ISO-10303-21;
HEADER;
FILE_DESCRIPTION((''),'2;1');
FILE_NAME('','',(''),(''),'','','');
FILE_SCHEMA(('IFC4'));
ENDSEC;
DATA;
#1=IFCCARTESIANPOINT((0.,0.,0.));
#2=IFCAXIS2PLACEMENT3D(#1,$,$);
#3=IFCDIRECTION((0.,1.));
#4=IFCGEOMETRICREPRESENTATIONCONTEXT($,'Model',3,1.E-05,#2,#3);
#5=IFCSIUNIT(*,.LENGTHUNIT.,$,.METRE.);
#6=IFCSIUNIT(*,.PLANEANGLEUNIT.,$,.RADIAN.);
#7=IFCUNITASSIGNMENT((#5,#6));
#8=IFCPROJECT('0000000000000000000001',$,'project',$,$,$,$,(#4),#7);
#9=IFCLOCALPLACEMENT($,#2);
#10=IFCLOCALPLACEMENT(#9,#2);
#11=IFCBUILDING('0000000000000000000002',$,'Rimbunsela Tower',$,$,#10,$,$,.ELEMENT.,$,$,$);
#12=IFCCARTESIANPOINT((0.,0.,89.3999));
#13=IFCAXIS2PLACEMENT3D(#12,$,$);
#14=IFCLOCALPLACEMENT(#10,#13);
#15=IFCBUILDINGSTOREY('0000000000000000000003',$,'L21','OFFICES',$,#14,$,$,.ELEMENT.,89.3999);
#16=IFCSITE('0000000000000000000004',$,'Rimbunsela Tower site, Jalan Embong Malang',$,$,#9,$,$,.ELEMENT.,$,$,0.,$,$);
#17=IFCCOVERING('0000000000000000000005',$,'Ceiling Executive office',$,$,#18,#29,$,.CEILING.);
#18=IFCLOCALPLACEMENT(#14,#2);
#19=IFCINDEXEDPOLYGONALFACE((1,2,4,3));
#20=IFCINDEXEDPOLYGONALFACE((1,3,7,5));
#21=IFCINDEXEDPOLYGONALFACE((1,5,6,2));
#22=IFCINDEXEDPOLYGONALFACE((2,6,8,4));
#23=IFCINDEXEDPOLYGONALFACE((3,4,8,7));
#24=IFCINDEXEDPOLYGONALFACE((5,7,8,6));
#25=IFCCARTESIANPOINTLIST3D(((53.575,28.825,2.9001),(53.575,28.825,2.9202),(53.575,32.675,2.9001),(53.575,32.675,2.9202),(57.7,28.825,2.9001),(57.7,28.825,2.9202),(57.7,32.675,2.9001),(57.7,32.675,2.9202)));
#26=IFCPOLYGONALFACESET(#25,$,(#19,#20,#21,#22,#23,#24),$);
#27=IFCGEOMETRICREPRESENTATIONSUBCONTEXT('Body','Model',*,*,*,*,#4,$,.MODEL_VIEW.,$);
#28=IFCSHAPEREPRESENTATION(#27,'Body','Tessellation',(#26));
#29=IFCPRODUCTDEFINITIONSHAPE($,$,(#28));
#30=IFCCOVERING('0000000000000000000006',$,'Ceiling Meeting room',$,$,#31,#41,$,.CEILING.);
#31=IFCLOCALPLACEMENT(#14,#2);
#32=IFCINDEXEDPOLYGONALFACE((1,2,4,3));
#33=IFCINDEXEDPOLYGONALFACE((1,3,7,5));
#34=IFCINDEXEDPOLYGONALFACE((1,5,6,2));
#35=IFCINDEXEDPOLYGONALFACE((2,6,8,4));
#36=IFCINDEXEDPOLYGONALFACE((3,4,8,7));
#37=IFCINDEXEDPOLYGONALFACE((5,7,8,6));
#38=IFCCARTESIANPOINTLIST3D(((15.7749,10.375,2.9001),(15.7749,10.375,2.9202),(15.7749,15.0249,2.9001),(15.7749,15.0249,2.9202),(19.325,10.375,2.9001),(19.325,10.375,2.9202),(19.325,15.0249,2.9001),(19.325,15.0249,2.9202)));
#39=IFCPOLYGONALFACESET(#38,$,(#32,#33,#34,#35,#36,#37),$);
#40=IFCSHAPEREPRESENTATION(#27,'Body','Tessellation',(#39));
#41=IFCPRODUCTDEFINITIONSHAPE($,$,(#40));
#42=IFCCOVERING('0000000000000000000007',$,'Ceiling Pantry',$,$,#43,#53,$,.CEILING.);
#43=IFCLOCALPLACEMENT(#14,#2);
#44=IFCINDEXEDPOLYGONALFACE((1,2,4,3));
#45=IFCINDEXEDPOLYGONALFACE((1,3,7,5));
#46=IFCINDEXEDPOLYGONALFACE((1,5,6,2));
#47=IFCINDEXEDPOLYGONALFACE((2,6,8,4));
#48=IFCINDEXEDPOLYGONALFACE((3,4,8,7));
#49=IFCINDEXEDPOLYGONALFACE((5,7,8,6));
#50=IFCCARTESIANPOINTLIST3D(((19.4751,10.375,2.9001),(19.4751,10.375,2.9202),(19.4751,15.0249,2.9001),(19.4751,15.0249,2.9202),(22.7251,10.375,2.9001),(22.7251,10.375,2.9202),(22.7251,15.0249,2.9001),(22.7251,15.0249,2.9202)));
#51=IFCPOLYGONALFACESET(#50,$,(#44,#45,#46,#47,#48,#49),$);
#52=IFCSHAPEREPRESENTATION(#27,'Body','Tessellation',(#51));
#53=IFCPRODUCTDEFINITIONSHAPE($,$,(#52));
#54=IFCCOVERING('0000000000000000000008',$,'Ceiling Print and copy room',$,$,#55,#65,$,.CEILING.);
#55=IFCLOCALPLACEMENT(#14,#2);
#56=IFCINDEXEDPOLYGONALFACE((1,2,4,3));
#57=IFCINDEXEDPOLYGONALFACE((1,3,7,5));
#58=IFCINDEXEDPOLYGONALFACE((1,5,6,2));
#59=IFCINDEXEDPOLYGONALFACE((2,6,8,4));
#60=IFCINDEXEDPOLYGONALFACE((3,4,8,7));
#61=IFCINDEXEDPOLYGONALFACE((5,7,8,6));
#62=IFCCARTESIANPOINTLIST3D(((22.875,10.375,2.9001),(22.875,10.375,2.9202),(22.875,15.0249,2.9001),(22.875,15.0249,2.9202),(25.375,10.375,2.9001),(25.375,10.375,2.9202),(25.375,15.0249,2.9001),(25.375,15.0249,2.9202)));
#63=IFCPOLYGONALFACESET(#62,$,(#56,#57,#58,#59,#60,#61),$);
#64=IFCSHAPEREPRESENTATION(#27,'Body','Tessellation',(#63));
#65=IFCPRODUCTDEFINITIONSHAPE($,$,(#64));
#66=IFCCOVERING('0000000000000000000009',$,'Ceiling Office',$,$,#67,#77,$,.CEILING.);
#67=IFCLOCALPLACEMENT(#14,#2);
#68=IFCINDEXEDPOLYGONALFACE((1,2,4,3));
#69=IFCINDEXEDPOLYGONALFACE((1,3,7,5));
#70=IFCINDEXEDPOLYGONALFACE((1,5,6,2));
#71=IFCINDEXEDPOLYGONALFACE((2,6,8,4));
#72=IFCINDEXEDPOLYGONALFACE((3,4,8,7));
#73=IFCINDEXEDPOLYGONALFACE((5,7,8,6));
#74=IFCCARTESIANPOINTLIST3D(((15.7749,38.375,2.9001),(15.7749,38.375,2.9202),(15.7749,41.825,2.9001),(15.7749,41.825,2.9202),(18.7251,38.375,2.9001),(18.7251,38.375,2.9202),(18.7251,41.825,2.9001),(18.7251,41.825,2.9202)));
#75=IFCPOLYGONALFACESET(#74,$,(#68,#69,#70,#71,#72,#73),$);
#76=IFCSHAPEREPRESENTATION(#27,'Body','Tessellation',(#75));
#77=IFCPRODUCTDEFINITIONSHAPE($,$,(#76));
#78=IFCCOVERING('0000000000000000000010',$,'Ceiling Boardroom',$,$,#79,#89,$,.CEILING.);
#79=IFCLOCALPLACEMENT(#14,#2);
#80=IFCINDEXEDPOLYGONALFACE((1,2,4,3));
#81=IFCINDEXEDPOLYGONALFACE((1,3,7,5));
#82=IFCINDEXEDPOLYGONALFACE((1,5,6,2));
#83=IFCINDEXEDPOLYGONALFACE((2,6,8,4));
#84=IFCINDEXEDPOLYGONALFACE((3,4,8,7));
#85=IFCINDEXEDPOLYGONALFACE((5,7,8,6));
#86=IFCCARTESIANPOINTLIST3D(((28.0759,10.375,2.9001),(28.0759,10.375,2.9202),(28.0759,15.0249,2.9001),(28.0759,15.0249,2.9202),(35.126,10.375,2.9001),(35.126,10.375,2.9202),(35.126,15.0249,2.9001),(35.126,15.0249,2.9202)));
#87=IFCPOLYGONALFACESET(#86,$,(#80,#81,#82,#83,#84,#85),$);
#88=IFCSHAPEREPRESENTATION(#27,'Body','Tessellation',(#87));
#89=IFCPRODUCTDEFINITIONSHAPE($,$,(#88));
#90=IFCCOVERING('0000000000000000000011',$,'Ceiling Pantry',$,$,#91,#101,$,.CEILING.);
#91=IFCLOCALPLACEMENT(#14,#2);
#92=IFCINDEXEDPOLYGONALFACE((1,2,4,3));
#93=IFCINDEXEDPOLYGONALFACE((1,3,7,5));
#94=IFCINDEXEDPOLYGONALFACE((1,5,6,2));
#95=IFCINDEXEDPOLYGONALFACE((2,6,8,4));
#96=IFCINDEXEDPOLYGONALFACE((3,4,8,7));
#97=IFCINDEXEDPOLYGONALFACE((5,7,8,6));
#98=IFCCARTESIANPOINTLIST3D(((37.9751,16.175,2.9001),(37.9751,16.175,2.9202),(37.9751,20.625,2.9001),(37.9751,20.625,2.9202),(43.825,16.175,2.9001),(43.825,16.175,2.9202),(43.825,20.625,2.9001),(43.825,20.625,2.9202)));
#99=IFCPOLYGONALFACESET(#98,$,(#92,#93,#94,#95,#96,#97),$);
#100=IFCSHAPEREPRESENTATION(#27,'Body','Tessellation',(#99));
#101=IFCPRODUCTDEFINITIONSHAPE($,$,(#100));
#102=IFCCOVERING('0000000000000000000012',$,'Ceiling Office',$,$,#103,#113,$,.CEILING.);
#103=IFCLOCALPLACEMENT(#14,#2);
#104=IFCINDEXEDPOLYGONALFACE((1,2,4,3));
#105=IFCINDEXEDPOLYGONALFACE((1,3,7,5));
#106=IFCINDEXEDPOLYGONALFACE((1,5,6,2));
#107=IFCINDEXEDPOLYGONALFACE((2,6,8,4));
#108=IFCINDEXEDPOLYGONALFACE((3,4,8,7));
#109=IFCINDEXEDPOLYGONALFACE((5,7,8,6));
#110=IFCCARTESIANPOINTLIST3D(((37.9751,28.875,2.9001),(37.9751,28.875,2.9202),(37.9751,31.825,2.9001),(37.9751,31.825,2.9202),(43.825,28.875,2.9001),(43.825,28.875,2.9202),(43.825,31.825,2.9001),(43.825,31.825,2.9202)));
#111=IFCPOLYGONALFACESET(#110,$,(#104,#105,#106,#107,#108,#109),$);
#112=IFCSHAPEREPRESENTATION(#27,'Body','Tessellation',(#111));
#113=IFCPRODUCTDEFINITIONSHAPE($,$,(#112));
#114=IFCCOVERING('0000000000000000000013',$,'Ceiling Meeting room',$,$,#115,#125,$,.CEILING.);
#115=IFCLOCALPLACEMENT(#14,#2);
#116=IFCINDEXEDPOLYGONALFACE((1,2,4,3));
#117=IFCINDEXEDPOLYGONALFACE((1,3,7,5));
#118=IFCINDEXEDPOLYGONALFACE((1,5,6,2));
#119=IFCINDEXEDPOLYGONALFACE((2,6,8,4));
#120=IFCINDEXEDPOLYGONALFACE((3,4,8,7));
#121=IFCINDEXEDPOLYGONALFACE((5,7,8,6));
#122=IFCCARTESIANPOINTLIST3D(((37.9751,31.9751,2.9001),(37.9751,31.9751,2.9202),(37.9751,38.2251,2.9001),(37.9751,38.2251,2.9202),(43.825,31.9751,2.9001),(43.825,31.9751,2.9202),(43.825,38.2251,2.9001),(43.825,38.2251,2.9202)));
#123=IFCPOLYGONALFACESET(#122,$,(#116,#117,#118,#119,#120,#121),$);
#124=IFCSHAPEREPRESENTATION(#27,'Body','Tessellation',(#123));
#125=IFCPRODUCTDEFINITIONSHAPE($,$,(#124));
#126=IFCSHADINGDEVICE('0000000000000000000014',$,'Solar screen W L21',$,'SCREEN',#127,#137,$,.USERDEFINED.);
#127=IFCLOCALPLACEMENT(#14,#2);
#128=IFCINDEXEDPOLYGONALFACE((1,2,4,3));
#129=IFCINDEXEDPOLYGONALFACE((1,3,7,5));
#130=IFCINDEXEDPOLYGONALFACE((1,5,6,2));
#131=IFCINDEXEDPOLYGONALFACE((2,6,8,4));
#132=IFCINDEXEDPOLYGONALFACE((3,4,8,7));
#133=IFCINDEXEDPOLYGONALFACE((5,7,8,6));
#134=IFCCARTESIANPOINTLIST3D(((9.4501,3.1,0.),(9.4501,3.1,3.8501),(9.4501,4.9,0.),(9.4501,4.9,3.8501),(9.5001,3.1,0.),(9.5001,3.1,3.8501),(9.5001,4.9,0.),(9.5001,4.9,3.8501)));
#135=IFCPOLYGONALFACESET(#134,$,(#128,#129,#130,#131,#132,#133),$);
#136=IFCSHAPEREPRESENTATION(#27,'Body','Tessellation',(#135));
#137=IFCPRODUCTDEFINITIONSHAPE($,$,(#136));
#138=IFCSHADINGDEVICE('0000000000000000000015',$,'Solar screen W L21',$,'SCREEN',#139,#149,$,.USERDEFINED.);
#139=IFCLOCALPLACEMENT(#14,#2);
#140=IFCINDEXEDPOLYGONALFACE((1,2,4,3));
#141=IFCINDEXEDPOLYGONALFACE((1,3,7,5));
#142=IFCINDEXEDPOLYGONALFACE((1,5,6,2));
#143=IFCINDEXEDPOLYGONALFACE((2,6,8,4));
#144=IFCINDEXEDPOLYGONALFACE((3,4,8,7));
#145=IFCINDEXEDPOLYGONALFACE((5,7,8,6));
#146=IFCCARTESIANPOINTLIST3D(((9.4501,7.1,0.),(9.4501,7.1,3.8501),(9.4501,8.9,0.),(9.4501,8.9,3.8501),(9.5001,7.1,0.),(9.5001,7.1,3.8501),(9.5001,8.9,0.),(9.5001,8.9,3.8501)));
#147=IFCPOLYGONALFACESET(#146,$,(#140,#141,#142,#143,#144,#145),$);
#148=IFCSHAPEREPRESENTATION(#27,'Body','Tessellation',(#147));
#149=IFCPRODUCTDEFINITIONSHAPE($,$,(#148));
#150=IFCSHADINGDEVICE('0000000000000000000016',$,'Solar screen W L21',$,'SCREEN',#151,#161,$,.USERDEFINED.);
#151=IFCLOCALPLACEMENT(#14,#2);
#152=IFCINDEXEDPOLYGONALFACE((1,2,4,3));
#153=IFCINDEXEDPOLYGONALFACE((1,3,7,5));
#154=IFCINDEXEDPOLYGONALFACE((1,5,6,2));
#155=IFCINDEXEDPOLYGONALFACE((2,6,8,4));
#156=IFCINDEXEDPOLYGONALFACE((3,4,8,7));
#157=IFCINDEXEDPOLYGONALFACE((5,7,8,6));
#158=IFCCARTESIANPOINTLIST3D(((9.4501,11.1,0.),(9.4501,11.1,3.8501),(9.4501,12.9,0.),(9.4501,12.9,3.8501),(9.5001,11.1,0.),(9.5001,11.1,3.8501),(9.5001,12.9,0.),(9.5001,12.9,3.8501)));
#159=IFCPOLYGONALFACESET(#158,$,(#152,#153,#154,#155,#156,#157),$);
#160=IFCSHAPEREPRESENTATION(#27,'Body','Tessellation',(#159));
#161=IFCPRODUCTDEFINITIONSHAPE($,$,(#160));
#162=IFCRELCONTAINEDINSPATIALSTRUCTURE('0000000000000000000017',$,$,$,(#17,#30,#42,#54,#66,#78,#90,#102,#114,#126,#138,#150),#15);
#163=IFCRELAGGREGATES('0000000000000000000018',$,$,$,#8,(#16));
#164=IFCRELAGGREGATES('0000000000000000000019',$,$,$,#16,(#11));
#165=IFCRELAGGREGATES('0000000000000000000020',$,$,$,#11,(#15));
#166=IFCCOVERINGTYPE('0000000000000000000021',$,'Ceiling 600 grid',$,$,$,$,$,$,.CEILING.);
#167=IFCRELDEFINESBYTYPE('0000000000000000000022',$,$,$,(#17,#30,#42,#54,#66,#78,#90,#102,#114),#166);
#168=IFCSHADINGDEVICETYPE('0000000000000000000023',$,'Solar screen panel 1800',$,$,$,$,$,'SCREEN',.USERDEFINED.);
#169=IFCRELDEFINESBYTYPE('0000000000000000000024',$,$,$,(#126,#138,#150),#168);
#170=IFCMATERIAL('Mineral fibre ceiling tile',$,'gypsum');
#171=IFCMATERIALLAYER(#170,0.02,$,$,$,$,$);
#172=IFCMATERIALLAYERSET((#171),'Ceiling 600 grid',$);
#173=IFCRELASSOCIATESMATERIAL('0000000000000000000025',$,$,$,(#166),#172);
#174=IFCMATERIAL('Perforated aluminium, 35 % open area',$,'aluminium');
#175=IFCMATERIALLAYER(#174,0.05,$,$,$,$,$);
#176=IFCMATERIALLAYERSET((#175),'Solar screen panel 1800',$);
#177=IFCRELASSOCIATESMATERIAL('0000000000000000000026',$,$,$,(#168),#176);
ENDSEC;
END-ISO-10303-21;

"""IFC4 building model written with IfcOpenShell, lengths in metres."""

from ifc_helpers import new_model, si_unit, direction, frame, origin, origin_2d, place, context, subcontext, project, spatial, polyline, rectangle, outline, extrude, material, layer, layer_set, type_object, element, save


model = new_model("IFC4")

# Units and contexts
model_context = context("Model", 3, precision=1e-05, world=origin(), true_north=direction((0.0, 1.0)))
body_context = subcontext(model_context, "Body", "Model", "MODEL_VIEW")
ifc_project = project(units=[si_unit("LENGTHUNIT", "METRE"), si_unit("PLANEANGLEUNIT", "RADIAN")], contexts=[model_context])

# Site, building, storey
site_placement = place(None, origin())
site = spatial("IfcSite", under=ifc_project, at=site_placement, Name="Rimbunsela Tower site, Jalan Embong Malang", CompositionType="ELEMENT", RefElevation=0.0)
building_placement = place(site_placement, origin())
building = spatial("IfcBuilding", under=site, at=building_placement, Name="Rimbunsela Tower", CompositionType="ELEMENT")
storey_placement = place(building_placement, frame((0.0, 0.0, 89.3999)))
storey = spatial("IfcBuildingStorey", under=building, at=storey_placement, Name="L21", Description="OFFICES", CompositionType="ELEMENT", Elevation=89.3999)

# Coverings
ifc_material_1 = material(Name="Mineral fibre ceiling tile", Category="gypsum")
ifc_layer_1 = layer(ifc_material_1, 0.02)
ifc_layer_set_1 = layer_set([ifc_layer_1], Name="Ceiling 600 grid")
covering_type_1 = type_object("IfcCoveringType", Name="Ceiling 600 grid", PredefinedType="CEILING", material=ifc_layer_set_1)
covering_1_placement = place(storey_placement, frame((0.0, 0.0, 2.9001)))
element("IfcCovering", 1, at=covering_1_placement, inside=storey, type_object=covering_type_1, Name="Ceiling Executive office", PredefinedType="CEILING", context=body_context, shape_type="SweptSolid", body=[
    extrude(outline(polyline([(57.7, 28.825), (57.7, 32.675), (53.575, 32.675), (53.575, 28.825), (57.7, 28.825)])), origin(), (0.0, 0.0, 1.0), 0.02),
])
covering_2_placement = place(storey_placement, frame((0.0, 0.0, 2.9001)))
element("IfcCovering", 2, at=covering_2_placement, inside=storey, type_object=covering_type_1, Name="Ceiling Meeting room", PredefinedType="CEILING", context=body_context, shape_type="SweptSolid", body=[
    extrude(outline(polyline([(19.325, 10.375), (19.325, 15.0249), (15.7749, 15.0249), (15.7749, 10.375), (19.325, 10.375)])), origin(), (0.0, 0.0, 1.0), 0.02),
])
covering_3_placement = place(storey_placement, frame((0.0, 0.0, 2.9001)))
element("IfcCovering", 3, at=covering_3_placement, inside=storey, type_object=covering_type_1, Name="Ceiling Pantry", PredefinedType="CEILING", context=body_context, shape_type="SweptSolid", body=[
    extrude(outline(polyline([(22.7251, 10.375), (22.7251, 15.0249), (19.4751, 15.0249), (19.4751, 10.375), (22.7251, 10.375)])), origin(), (0.0, 0.0, 1.0), 0.02),
])
covering_4_placement = place(storey_placement, frame((0.0, 0.0, 2.9001)))
element("IfcCovering", 4, at=covering_4_placement, inside=storey, type_object=covering_type_1, Name="Ceiling Print and copy room", PredefinedType="CEILING", context=body_context, shape_type="SweptSolid", body=[
    extrude(outline(polyline([(25.375, 10.375), (25.375, 15.0249), (22.875, 15.0249), (22.875, 10.375), (25.375, 10.375)])), origin(), (0.0, 0.0, 1.0), 0.02),
])
covering_5_placement = place(storey_placement, frame((0.0, 0.0, 2.9001)))
element("IfcCovering", 5, at=covering_5_placement, inside=storey, type_object=covering_type_1, Name="Ceiling Office", PredefinedType="CEILING", context=body_context, shape_type="SweptSolid", body=[
    extrude(outline(polyline([(18.7251, 38.375), (18.7251, 41.825), (15.7749, 41.825), (15.7749, 38.375), (18.7251, 38.375)])), origin(), (0.0, 0.0, 1.0), 0.02),
])
covering_6_placement = place(storey_placement, frame((0.0, 0.0, 2.9001)))
element("IfcCovering", 6, at=covering_6_placement, inside=storey, type_object=covering_type_1, Name="Ceiling Boardroom", PredefinedType="CEILING", context=body_context, shape_type="SweptSolid", body=[
    extrude(outline(polyline([(35.126, 10.375), (35.126, 15.0249), (28.0759, 15.0249), (28.0759, 10.375), (35.126, 10.375)])), origin(), (0.0, 0.0, 1.0), 0.02),
])
covering_7_placement = place(storey_placement, frame((0.0, 0.0, 2.9001)))
element("IfcCovering", 7, at=covering_7_placement, inside=storey, type_object=covering_type_1, Name="Ceiling Pantry", PredefinedType="CEILING", context=body_context, shape_type="SweptSolid", body=[
    extrude(outline(polyline([(43.825, 16.175), (43.825, 20.625), (37.9751, 20.625), (37.9751, 16.175), (43.825, 16.175)])), origin(), (0.0, 0.0, 1.0), 0.02),
])
covering_8_placement = place(storey_placement, frame((0.0, 0.0, 2.9001)))
element("IfcCovering", 8, at=covering_8_placement, inside=storey, type_object=covering_type_1, Name="Ceiling Office", PredefinedType="CEILING", context=body_context, shape_type="SweptSolid", body=[
    extrude(outline(polyline([(43.825, 28.875), (43.825, 31.825), (37.9751, 31.825), (37.9751, 28.875), (43.825, 28.875)])), origin(), (0.0, 0.0, 1.0), 0.02),
])
covering_9_placement = place(storey_placement, frame((0.0, 0.0, 2.9001)))
element("IfcCovering", 9, at=covering_9_placement, inside=storey, type_object=covering_type_1, Name="Ceiling Meeting room", PredefinedType="CEILING", context=body_context, shape_type="SweptSolid", body=[
    extrude(outline(polyline([(43.825, 31.9751), (43.825, 38.2251), (37.9751, 38.2251), (37.9751, 31.9751), (43.825, 31.9751)])), origin(), (0.0, 0.0, 1.0), 0.02),
])

# Shading devices
ifc_material_2 = material(Name="Perforated aluminium, 35 % open area", Category="aluminium")
ifc_layer_2 = layer(ifc_material_2, 0.05)
ifc_layer_set_2 = layer_set([ifc_layer_2], Name="Solar screen panel 1800")
shading_device_type = type_object("IfcShadingDeviceType", Name="Solar screen panel 1800", ElementType="SCREEN", PredefinedType="USERDEFINED", material=ifc_layer_set_2)
for number, where, z_axis, x_axis, name in (
    (10, (9.4751, 4.0, 0.0), (0.0, 0.0, 1.0), (0.0, 1.0, 0.0), "Solar screen W L21"),
    (11, (9.4751, 8.0, 0.0), (0.0, 0.0, 1.0), (0.0, 1.0, 0.0), "Solar screen W L21"),
    (12, (9.4751, 12.0, 0.0), (0.0, 0.0, 1.0), (0.0, 1.0, 0.0), "Solar screen W L21"),
):
    element("IfcShadingDevice", number, at=place(storey_placement, frame(where, z_axis=z_axis, x_axis=x_axis)), inside=storey, type_object=shading_device_type, Name=name, ObjectType="SCREEN", PredefinedType="USERDEFINED", context=body_context, shape_type="SweptSolid", body=[
        extrude(rectangle(XDim=1.8, YDim=0.05, at=origin_2d()), origin(), (0.0, 0.0, 1.0), 3.8501),
    ])

save(model, "model.ifc")
